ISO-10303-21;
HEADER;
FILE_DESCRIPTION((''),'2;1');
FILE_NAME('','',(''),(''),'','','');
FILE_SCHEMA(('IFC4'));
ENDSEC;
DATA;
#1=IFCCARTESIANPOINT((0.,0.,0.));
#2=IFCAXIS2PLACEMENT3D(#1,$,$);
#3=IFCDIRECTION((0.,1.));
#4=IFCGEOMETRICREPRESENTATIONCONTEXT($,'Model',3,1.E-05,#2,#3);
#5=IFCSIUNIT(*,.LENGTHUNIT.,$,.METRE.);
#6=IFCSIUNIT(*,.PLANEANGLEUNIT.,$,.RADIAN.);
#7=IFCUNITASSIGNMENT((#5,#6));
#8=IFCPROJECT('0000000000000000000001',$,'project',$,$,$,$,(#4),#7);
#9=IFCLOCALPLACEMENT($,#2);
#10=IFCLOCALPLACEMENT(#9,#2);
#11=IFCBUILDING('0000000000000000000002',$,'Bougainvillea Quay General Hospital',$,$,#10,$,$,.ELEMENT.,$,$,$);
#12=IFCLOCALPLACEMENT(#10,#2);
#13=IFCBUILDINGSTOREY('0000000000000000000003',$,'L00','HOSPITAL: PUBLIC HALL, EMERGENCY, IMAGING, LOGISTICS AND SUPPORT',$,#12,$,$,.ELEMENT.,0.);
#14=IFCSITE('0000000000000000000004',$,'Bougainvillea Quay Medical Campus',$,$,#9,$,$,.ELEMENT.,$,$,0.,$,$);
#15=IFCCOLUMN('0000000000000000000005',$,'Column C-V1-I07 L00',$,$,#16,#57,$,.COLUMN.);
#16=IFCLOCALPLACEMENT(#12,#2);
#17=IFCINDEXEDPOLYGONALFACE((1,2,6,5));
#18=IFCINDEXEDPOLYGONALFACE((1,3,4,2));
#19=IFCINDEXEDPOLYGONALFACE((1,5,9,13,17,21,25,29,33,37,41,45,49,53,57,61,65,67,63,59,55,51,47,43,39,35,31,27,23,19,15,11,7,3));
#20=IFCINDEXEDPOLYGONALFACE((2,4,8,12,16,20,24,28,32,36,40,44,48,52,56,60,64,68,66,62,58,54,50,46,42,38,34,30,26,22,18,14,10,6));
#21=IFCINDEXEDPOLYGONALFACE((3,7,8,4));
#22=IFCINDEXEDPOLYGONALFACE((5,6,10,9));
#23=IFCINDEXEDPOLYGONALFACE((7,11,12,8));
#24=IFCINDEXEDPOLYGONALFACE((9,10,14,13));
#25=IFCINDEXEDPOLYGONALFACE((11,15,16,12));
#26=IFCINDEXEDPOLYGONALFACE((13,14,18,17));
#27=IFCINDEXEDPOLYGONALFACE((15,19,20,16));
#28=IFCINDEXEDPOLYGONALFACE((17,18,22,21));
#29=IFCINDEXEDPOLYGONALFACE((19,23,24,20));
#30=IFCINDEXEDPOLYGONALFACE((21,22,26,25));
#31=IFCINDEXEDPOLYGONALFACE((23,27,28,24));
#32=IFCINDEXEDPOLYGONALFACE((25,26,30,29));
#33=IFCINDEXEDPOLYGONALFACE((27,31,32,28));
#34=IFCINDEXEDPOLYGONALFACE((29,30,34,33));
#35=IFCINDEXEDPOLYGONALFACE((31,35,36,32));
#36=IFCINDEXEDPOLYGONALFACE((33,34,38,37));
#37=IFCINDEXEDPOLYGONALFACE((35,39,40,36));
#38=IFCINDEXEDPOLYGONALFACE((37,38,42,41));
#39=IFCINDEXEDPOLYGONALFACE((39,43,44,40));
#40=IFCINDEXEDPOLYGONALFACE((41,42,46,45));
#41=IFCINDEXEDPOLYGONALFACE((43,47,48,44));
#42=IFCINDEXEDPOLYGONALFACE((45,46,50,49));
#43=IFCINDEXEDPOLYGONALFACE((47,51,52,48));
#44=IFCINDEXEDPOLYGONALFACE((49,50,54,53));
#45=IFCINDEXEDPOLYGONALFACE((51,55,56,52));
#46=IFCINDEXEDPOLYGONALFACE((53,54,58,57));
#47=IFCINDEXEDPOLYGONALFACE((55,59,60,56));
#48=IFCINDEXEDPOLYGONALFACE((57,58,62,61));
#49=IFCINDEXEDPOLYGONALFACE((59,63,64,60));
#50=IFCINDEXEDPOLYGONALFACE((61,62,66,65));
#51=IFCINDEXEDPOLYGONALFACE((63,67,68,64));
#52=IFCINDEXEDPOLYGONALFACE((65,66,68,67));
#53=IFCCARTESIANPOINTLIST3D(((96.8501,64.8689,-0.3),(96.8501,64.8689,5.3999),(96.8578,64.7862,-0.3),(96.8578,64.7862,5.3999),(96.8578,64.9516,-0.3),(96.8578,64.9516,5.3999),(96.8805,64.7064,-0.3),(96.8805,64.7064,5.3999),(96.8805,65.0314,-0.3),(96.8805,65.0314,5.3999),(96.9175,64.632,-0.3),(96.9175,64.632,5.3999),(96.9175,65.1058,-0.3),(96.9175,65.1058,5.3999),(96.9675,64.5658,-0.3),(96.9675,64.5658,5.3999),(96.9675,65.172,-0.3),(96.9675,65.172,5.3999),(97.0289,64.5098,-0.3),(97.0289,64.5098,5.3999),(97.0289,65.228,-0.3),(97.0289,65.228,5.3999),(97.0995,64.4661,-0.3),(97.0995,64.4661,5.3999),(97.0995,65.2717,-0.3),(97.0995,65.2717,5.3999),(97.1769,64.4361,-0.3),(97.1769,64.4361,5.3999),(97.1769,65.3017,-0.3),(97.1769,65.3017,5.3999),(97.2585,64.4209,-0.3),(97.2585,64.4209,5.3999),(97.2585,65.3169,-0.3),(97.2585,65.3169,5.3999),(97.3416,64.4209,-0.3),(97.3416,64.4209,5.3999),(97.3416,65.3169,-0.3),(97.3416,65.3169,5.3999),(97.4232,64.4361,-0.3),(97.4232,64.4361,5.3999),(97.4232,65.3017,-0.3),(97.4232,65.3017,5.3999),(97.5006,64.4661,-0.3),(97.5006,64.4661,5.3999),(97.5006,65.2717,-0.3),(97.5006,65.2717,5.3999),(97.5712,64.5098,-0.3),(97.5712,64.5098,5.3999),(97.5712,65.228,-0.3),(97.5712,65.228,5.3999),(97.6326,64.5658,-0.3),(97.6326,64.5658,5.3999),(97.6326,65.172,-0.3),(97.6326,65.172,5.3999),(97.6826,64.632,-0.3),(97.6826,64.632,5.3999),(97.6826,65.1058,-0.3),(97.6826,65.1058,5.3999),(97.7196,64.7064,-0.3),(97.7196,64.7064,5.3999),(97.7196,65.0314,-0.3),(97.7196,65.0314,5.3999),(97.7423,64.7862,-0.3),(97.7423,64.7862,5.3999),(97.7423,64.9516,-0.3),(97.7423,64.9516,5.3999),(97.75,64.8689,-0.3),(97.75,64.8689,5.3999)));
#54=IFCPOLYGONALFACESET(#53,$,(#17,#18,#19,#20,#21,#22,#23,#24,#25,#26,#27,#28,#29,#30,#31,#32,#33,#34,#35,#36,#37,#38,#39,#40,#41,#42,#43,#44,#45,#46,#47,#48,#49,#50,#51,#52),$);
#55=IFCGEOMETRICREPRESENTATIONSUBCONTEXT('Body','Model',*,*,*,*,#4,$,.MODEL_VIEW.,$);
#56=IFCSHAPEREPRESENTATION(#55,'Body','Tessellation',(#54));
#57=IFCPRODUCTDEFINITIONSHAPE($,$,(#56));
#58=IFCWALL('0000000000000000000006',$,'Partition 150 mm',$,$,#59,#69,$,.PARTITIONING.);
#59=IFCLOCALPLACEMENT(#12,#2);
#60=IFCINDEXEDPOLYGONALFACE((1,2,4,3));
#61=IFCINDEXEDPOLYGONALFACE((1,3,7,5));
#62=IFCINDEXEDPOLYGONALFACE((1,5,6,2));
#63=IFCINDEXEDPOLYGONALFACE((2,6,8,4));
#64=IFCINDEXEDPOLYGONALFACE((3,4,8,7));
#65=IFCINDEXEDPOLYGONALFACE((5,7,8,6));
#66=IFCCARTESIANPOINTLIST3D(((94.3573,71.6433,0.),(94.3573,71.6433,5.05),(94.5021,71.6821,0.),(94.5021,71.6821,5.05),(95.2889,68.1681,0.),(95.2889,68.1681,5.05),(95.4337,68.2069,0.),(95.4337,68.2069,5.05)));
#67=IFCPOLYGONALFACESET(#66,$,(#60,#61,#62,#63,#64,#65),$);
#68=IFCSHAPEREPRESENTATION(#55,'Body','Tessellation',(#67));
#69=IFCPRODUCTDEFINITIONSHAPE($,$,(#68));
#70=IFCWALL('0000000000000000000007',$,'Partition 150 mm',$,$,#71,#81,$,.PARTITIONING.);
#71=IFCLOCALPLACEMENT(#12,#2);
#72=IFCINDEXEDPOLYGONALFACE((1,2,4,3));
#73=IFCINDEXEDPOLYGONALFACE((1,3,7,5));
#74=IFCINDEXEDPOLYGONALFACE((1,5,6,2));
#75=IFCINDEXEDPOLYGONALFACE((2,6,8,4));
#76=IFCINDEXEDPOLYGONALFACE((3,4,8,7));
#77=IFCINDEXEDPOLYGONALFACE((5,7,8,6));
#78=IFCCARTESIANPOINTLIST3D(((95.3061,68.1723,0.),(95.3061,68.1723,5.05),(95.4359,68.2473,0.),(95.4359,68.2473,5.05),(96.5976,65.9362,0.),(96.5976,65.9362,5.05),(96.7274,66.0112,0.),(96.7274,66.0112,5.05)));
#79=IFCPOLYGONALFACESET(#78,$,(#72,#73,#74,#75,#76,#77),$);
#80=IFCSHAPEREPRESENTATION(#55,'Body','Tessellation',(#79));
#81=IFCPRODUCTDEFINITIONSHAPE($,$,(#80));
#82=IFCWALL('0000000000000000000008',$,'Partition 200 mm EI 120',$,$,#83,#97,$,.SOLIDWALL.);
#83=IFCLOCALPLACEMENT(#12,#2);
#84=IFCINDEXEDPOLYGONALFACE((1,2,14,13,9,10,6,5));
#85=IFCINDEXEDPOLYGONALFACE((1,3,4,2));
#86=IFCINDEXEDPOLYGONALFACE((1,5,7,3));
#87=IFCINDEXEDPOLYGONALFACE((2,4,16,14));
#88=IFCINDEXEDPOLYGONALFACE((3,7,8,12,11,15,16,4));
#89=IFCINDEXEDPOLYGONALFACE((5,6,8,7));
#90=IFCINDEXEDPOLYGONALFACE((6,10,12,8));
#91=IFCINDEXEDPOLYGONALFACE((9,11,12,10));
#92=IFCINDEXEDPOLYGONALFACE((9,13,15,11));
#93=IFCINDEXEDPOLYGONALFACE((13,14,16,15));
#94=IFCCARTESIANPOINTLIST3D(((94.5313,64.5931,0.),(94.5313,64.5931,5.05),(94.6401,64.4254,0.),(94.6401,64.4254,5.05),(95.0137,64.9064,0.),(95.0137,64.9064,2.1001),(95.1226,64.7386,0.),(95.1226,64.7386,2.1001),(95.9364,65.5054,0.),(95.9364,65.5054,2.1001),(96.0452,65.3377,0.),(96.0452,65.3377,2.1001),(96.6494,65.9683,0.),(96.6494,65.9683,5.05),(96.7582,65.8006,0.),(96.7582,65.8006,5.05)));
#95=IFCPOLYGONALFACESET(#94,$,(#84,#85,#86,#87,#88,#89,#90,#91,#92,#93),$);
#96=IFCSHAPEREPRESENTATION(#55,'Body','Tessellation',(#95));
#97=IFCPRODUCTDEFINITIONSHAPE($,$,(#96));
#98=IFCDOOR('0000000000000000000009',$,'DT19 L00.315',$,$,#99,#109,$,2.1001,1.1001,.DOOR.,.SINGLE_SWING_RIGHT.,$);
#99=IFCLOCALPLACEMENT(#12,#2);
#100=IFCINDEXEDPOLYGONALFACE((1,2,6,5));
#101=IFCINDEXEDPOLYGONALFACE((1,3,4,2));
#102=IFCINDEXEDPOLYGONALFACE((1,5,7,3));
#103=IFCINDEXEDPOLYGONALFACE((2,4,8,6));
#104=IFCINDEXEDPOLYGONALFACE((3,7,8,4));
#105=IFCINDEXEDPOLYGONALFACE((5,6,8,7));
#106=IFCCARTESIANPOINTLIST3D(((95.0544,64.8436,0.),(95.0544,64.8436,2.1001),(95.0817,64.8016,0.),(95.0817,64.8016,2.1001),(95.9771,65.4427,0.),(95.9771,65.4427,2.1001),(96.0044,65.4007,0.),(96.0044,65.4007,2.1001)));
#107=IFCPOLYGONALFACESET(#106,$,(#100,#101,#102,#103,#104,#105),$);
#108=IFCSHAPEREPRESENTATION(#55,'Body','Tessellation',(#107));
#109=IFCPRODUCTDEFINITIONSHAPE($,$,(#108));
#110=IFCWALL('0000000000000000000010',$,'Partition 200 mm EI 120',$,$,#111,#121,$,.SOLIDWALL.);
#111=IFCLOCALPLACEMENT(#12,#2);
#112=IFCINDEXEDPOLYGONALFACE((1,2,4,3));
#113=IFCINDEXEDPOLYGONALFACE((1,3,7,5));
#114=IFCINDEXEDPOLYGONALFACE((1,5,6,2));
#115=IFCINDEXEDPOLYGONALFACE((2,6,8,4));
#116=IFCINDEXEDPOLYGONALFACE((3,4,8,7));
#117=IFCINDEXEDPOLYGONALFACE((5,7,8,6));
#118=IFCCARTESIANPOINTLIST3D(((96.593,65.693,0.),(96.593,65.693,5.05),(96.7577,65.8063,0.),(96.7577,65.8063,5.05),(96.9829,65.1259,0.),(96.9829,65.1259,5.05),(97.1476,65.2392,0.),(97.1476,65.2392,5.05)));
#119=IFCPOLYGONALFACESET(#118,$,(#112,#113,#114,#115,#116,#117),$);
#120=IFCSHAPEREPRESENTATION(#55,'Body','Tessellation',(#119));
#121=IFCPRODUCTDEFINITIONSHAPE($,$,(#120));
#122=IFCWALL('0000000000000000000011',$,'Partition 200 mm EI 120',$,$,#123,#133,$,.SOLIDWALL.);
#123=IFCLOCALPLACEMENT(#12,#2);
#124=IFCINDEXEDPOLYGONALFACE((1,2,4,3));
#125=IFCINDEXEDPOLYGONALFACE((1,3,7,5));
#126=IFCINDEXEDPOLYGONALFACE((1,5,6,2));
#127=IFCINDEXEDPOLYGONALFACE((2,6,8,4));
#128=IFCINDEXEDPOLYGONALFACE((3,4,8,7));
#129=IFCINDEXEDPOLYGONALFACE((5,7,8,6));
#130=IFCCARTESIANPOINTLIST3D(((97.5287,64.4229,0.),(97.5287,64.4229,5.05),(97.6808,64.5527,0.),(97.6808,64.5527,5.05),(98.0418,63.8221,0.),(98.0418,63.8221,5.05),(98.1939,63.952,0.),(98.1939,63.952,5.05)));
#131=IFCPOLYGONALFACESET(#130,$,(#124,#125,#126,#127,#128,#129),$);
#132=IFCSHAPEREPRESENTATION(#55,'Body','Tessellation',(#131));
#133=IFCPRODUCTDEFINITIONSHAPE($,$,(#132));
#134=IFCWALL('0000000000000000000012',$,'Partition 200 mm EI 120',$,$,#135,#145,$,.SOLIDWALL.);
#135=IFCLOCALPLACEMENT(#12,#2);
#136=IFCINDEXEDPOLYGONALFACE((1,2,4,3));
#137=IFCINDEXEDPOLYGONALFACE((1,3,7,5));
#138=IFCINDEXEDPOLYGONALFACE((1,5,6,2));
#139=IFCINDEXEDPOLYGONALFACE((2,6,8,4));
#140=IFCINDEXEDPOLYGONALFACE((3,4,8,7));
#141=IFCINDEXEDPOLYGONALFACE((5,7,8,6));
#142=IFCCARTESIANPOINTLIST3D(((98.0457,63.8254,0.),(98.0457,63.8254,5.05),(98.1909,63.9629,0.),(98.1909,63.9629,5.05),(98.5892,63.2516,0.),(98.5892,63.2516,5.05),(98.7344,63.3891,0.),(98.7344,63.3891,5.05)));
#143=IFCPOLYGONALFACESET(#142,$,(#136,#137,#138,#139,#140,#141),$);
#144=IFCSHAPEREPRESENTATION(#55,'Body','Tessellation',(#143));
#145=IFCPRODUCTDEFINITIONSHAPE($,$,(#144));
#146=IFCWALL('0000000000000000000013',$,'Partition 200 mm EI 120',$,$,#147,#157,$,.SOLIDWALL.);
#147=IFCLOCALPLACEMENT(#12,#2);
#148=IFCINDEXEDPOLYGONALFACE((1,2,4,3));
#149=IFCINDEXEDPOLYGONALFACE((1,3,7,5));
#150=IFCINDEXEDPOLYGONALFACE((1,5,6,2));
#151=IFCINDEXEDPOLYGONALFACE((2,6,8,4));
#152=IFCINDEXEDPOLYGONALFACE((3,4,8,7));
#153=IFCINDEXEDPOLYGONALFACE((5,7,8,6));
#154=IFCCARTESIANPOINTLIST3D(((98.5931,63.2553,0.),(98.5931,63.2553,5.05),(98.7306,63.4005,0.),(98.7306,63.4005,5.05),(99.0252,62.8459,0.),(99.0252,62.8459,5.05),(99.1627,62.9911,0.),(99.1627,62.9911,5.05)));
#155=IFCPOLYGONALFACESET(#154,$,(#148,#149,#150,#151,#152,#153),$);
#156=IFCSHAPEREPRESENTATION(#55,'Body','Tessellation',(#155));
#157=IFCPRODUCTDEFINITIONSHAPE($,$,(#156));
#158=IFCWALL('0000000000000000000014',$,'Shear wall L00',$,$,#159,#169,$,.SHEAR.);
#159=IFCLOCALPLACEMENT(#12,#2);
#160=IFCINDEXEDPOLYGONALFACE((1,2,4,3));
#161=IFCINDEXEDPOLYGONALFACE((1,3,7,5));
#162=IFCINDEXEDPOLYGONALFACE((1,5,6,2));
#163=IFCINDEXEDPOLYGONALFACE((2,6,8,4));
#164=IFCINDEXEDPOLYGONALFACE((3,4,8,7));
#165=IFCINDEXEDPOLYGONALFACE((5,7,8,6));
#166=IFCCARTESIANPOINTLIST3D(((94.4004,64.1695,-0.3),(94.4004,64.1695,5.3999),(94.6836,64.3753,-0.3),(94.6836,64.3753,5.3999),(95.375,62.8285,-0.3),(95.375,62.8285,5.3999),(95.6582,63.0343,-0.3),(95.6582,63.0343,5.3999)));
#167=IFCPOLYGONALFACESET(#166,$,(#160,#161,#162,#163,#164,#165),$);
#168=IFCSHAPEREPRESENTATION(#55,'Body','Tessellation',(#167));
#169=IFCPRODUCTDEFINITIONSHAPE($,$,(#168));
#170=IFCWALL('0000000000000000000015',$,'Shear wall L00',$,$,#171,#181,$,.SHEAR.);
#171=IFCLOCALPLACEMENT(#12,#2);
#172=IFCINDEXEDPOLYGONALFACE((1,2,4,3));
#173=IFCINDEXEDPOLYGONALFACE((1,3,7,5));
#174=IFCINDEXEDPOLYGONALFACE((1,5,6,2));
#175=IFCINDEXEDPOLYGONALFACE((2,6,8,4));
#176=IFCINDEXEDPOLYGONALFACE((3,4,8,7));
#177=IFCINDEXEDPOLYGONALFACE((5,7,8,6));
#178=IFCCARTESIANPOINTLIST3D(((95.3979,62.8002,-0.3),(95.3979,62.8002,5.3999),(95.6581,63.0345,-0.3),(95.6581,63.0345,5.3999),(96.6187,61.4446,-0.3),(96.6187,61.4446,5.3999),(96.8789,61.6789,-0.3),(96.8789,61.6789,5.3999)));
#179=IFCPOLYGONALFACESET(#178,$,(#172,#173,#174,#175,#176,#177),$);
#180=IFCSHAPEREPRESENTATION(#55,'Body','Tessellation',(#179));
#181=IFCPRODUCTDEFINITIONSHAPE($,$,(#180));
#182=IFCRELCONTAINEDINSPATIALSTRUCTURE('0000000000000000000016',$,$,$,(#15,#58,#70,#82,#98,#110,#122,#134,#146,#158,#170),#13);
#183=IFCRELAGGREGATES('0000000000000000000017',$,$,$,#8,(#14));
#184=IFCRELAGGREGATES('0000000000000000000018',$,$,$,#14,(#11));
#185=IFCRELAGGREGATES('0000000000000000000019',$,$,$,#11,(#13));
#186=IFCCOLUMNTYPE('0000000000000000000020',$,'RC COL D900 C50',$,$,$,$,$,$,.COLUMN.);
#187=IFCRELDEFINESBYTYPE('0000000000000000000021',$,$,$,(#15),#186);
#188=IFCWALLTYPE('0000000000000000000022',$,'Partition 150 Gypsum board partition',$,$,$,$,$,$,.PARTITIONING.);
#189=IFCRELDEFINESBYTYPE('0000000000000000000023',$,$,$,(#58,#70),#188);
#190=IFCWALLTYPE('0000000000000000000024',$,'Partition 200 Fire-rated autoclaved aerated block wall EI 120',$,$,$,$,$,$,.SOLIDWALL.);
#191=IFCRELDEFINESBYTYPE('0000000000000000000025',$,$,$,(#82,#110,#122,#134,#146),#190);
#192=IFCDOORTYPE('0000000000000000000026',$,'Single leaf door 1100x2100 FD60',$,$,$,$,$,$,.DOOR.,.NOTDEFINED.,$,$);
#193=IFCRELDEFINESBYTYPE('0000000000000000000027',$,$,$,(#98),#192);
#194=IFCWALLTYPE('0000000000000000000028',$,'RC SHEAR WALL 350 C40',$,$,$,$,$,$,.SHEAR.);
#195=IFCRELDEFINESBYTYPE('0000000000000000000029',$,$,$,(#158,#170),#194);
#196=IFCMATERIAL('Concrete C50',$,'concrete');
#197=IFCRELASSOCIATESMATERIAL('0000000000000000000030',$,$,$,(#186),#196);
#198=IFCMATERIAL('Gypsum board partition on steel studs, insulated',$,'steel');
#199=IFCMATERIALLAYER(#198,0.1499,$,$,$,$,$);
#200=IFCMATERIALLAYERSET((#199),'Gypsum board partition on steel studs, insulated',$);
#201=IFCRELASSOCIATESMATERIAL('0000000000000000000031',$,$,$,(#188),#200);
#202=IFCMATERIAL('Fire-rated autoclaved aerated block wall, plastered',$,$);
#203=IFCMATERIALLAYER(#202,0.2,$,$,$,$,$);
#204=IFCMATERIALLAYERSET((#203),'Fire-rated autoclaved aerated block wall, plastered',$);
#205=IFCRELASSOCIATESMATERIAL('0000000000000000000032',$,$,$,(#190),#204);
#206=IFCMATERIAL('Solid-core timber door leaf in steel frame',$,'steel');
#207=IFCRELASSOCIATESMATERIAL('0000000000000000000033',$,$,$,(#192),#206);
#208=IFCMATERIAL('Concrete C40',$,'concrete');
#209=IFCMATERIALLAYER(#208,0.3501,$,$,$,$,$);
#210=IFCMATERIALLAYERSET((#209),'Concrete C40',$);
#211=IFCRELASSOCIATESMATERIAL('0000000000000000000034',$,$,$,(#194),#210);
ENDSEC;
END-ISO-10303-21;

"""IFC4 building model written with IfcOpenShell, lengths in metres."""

from ifc_helpers import new_model, si_unit, direction, frame, frame_2d, origin, origin_2d, place, context, subcontext, project, spatial, rectangle, circle, extrude, material, layer, layer_set, material_profile, profile_set, type_object, element, fill, save


model = new_model("IFC4")

# Units and contexts
model_context = context("Model", 3, precision=1e-05, world=origin(), true_north=direction((0.0, 1.0)))
body_context = subcontext(model_context, "Body", "Model", "MODEL_VIEW")
ifc_project = project(units=[si_unit("LENGTHUNIT", "METRE"), si_unit("PLANEANGLEUNIT", "RADIAN")], contexts=[model_context])

# Site, building, storey
site_placement = place(None, origin())
site = spatial("IfcSite", under=ifc_project, at=site_placement, Name="Bougainvillea Quay Medical Campus", CompositionType="ELEMENT", RefElevation=0.0)
building_placement = place(site_placement, origin())
building = spatial("IfcBuilding", under=site, at=building_placement, Name="Bougainvillea Quay General Hospital", CompositionType="ELEMENT")
storey_placement = place(building_placement, origin())
storey = spatial("IfcBuildingStorey", under=building, at=storey_placement, Name="L00", Description="HOSPITAL: PUBLIC HALL, EMERGENCY, IMAGING, LOGISTICS AND SUPPORT", CompositionType="ELEMENT", Elevation=0.0)

# Shared definitions
ifc_material_1 = material(Name="Concrete C40", Category="concrete")

# Column
ifc_material_2 = material(Name="Concrete C50", Category="concrete")
ifc_material_profile_1 = material_profile(ifc_material_2, circle(Radius=0.45, at=origin_2d()))
ifc_profile_set_1 = profile_set([ifc_material_profile_1], Name="Concrete C50")
column_type = type_object("IfcColumnType", Name="RC COL D900 C50", PredefinedType="COLUMN", material=ifc_profile_set_1)
for number, where, z_axis, x_axis, name in (
    (1, (97.3, 64.8689, -0.3), (0.0, 0.0, 1.0), (1.0, 0.0, 0.0), "Column C-V1-I07 L00"),
):
    element("IfcColumn", number, at=place(storey_placement, frame(where, z_axis=z_axis, x_axis=x_axis)), inside=storey, type_object=column_type, Name=name, PredefinedType="COLUMN", context=body_context, shape_type="SweptSolid", body=[
        extrude(circle(Radius=0.45, at=origin_2d()), origin(), (0.0, 0.0, 1.0), 5.7),
    ])

# Walls
ifc_material_3 = material(Name="Gypsum board partition on steel studs, insulated", Category="steel")
ifc_layer_1 = layer(ifc_material_3, 0.1499)
ifc_layer_set_1 = layer_set([ifc_layer_1], Name="Gypsum board partition on steel studs, insulated")
wall_type_1 = type_object("IfcWallType", Name="Partition 150 Gypsum board partition", PredefinedType="PARTITIONING", material=ifc_layer_set_1)
wall_1_placement = place(storey_placement, frame((94.4297, 71.6626, 0.0), z_axis=(0.0, 0.0, 1.0), x_axis=(0.258946, -0.965892, 0.0)))
element("IfcWall", 2, at=wall_1_placement, inside=storey, type_object=wall_type_1, Name="Partition 150 mm", PredefinedType="PARTITIONING", context=body_context, shape_type="SweptSolid", body=[
    extrude(rectangle(XDim=3.5979, YDim=0.1499, at=frame_2d((1.7988, 0.0))), origin(), (0.0, 0.0, 1.0), 5.05),
])
wall_2_placement = place(storey_placement, frame((95.3711, 68.2097, 0.0), z_axis=(0.0, 0.0, 1.0), x_axis=(0.500145, -0.865942, 0.0)))
element("IfcWall", 3, at=wall_2_placement, inside=storey, type_object=wall_type_1, Name="Partition 150 mm", PredefinedType="PARTITIONING", context=body_context, shape_type="SweptSolid", body=[
    extrude(rectangle(XDim=2.5823, YDim=0.1499, at=frame_2d((1.291, 0.0))), origin(), (0.0, 0.0, 1.0), 5.05),
])

# Wall, opening, door
ifc_material_4 = material(Name="Fire-rated autoclaved aerated block wall, plastered")
ifc_layer_2 = layer(ifc_material_4, 0.2)
ifc_layer_set_2 = layer_set([ifc_layer_2], Name="Fire-rated autoclaved aerated block wall, plastered")
wall_type_2 = type_object("IfcWallType", Name="Partition 200 Fire-rated autoclaved aerated block wall EI 120", PredefinedType="SOLIDWALL", material=ifc_layer_set_2)
wall_3_placement = place(storey_placement, frame((94.5857, 64.5093, 0.0), z_axis=(0.0, 0.0, 1.0), x_axis=(0.838726, 0.544553, 0.0)))
wall_3 = element("IfcWall", 4, at=wall_3_placement, inside=storey, type_object=wall_type_2, Name="Partition 200 mm EI 120", PredefinedType="SOLIDWALL", context=body_context, shape_type="SweptSolid", body=[
    extrude(rectangle(XDim=2.5254, YDim=0.2, at=frame_2d((1.2627, 0.0))), origin(), (0.0, 0.0, 1.0), 5.05),
])
opening_placement = place(wall_3_placement, frame((0.5752, 0.0, 0.0)))
opening = element("IfcOpeningElement", 5, at=opening_placement, cuts=wall_3, PredefinedType="OPENING", context=body_context, shape_type="SweptSolid", body=[
    extrude(rectangle(XDim=1.1001, YDim=2.1001, at=frame_2d((0.55, 1.05))), frame((0.0, 0.1099, 0.0), z_axis=(0.0, -1.0, 0.0), x_axis=(1.0, 0.0, 0.0)), (0.0, 0.0, 1.0), 0.22),
])
ifc_material_5 = material(Name="Solid-core timber door leaf in steel frame", Category="steel")
door_type = type_object("IfcDoorType", Name="Single leaf door 1100x2100 FD60", OperationType="NOTDEFINED", PredefinedType="DOOR", material=ifc_material_5)
door_placement = place(opening_placement, frame((1.1001, 0.0, 0.0), z_axis=(0.0, 0.0, 1.0), x_axis=(-1.0, 0.0, 0.0)))
door = element("IfcDoor", 6, at=door_placement, inside=storey, type_object=door_type, Name="DT19 L00.315", OperationType="SINGLE_SWING_RIGHT", OverallHeight=2.1001, OverallWidth=1.1001, PredefinedType="DOOR", context=body_context, shape_type="SweptSolid", body=[
    extrude(rectangle(XDim=1.1001, YDim=2.1001, at=frame_2d((0.55, 1.05))), frame((0.0, 0.0249, 0.0), z_axis=(0.0, -1.0, 0.0), x_axis=(1.0, 0.0, 0.0)), (0.0, 0.0, 1.0), 0.05),
])
fill(opening, door)

# Walls
wall_4_placement = place(storey_placement, frame((96.6753, 65.7498, 0.0), z_axis=(0.0, 0.0, 1.0), x_axis=(0.566514, -0.824052, 0.0)))
element("IfcWall", 7, at=wall_4_placement, inside=storey, type_object=wall_type_2, Name="Partition 200 mm EI 120", PredefinedType="SOLIDWALL", context=body_context, shape_type="SweptSolid", body=[
    extrude(rectangle(XDim=0.6882, YDim=0.2, at=frame_2d((0.3442, 0.0))), origin(), (0.0, 0.0, 1.0), 5.05),
])
wall_5_placement = place(storey_placement, frame((97.6047, 64.4878, 0.0), z_axis=(0.0, 0.0, 1.0), x_axis=(0.649467, -0.76039, 0.0)))
element("IfcWall", 8, at=wall_5_placement, inside=storey, type_object=wall_type_2, Name="Partition 200 mm EI 120", PredefinedType="SOLIDWALL", context=body_context, shape_type="SweptSolid", body=[
    extrude(rectangle(XDim=0.79, YDim=0.2, at=frame_2d((0.395, 0.0))), origin(), (0.0, 0.0, 1.0), 5.05),
])
wall_6_placement = place(storey_placement, frame((98.1184, 63.894, 0.0), z_axis=(0.0, 0.0, 1.0), x_axis=(0.687693, -0.726001, 0.0)))
element("IfcWall", 9, at=wall_6_placement, inside=storey, type_object=wall_type_2, Name="Partition 200 mm EI 120", PredefinedType="SOLIDWALL", context=body_context, shape_type="SweptSolid", body=[
    extrude(rectangle(XDim=0.7903, YDim=0.2, at=frame_2d((0.395, 0.0))), origin(), (0.0, 0.0, 1.0), 5.05),
])
wall_7_placement = place(storey_placement, frame((98.6619, 63.3279, 0.0), z_axis=(0.0, 0.0, 1.0), x_axis=(0.72592, -0.687779, 0.0)))
element("IfcWall", 10, at=wall_7_placement, inside=storey, type_object=wall_type_2, Name="Partition 200 mm EI 120", PredefinedType="SOLIDWALL", context=body_context, shape_type="SweptSolid", body=[
    extrude(rectangle(XDim=0.5952, YDim=0.2, at=frame_2d((0.2976, 0.0))), origin(), (0.0, 0.0, 1.0), 5.05),
])
ifc_layer_3 = layer(ifc_material_1, 0.3501)
ifc_layer_set_3 = layer_set([ifc_layer_3], Name="Concrete C40")
wall_type_3 = type_object("IfcWallType", Name="RC SHEAR WALL 350 C40", PredefinedType="SHEAR", material=ifc_layer_set_3)
wall_8_placement = place(storey_placement, frame((95.5166, 62.9314, -0.3), z_axis=(0.0, 0.0, 1.0), x_axis=(-0.587891, 0.80894, 0.0)))
element("IfcWall", 11, at=wall_8_placement, inside=storey, type_object=wall_type_3, Name="Shear wall L00", PredefinedType="SHEAR", context=body_context, shape_type="SweptSolid", body=[
    extrude(rectangle(XDim=1.6577, YDim=0.3501, at=frame_2d((0.8289, 0.0))), origin(), (0.0, 0.0, 1.0), 5.7),
])
for number, where, z_axis, x_axis, name in (
    (12, (96.7488, 61.5618, -0.3), (0.0, 0.0, 1.0), (-0.669201, 0.743081, 0.0), "Shear wall L00"),
):
    element("IfcWall", number, at=place(storey_placement, frame(where, z_axis=z_axis, x_axis=x_axis)), inside=storey, type_object=wall_type_3, Name=name, PredefinedType="SHEAR", context=body_context, shape_type="SweptSolid", body=[
        extrude(rectangle(XDim=1.8242, YDim=0.3501, at=frame_2d((0.9121, 0.0))), origin(), (0.0, 0.0, 1.0), 5.7),
    ])

save(model, "model.ifc")
